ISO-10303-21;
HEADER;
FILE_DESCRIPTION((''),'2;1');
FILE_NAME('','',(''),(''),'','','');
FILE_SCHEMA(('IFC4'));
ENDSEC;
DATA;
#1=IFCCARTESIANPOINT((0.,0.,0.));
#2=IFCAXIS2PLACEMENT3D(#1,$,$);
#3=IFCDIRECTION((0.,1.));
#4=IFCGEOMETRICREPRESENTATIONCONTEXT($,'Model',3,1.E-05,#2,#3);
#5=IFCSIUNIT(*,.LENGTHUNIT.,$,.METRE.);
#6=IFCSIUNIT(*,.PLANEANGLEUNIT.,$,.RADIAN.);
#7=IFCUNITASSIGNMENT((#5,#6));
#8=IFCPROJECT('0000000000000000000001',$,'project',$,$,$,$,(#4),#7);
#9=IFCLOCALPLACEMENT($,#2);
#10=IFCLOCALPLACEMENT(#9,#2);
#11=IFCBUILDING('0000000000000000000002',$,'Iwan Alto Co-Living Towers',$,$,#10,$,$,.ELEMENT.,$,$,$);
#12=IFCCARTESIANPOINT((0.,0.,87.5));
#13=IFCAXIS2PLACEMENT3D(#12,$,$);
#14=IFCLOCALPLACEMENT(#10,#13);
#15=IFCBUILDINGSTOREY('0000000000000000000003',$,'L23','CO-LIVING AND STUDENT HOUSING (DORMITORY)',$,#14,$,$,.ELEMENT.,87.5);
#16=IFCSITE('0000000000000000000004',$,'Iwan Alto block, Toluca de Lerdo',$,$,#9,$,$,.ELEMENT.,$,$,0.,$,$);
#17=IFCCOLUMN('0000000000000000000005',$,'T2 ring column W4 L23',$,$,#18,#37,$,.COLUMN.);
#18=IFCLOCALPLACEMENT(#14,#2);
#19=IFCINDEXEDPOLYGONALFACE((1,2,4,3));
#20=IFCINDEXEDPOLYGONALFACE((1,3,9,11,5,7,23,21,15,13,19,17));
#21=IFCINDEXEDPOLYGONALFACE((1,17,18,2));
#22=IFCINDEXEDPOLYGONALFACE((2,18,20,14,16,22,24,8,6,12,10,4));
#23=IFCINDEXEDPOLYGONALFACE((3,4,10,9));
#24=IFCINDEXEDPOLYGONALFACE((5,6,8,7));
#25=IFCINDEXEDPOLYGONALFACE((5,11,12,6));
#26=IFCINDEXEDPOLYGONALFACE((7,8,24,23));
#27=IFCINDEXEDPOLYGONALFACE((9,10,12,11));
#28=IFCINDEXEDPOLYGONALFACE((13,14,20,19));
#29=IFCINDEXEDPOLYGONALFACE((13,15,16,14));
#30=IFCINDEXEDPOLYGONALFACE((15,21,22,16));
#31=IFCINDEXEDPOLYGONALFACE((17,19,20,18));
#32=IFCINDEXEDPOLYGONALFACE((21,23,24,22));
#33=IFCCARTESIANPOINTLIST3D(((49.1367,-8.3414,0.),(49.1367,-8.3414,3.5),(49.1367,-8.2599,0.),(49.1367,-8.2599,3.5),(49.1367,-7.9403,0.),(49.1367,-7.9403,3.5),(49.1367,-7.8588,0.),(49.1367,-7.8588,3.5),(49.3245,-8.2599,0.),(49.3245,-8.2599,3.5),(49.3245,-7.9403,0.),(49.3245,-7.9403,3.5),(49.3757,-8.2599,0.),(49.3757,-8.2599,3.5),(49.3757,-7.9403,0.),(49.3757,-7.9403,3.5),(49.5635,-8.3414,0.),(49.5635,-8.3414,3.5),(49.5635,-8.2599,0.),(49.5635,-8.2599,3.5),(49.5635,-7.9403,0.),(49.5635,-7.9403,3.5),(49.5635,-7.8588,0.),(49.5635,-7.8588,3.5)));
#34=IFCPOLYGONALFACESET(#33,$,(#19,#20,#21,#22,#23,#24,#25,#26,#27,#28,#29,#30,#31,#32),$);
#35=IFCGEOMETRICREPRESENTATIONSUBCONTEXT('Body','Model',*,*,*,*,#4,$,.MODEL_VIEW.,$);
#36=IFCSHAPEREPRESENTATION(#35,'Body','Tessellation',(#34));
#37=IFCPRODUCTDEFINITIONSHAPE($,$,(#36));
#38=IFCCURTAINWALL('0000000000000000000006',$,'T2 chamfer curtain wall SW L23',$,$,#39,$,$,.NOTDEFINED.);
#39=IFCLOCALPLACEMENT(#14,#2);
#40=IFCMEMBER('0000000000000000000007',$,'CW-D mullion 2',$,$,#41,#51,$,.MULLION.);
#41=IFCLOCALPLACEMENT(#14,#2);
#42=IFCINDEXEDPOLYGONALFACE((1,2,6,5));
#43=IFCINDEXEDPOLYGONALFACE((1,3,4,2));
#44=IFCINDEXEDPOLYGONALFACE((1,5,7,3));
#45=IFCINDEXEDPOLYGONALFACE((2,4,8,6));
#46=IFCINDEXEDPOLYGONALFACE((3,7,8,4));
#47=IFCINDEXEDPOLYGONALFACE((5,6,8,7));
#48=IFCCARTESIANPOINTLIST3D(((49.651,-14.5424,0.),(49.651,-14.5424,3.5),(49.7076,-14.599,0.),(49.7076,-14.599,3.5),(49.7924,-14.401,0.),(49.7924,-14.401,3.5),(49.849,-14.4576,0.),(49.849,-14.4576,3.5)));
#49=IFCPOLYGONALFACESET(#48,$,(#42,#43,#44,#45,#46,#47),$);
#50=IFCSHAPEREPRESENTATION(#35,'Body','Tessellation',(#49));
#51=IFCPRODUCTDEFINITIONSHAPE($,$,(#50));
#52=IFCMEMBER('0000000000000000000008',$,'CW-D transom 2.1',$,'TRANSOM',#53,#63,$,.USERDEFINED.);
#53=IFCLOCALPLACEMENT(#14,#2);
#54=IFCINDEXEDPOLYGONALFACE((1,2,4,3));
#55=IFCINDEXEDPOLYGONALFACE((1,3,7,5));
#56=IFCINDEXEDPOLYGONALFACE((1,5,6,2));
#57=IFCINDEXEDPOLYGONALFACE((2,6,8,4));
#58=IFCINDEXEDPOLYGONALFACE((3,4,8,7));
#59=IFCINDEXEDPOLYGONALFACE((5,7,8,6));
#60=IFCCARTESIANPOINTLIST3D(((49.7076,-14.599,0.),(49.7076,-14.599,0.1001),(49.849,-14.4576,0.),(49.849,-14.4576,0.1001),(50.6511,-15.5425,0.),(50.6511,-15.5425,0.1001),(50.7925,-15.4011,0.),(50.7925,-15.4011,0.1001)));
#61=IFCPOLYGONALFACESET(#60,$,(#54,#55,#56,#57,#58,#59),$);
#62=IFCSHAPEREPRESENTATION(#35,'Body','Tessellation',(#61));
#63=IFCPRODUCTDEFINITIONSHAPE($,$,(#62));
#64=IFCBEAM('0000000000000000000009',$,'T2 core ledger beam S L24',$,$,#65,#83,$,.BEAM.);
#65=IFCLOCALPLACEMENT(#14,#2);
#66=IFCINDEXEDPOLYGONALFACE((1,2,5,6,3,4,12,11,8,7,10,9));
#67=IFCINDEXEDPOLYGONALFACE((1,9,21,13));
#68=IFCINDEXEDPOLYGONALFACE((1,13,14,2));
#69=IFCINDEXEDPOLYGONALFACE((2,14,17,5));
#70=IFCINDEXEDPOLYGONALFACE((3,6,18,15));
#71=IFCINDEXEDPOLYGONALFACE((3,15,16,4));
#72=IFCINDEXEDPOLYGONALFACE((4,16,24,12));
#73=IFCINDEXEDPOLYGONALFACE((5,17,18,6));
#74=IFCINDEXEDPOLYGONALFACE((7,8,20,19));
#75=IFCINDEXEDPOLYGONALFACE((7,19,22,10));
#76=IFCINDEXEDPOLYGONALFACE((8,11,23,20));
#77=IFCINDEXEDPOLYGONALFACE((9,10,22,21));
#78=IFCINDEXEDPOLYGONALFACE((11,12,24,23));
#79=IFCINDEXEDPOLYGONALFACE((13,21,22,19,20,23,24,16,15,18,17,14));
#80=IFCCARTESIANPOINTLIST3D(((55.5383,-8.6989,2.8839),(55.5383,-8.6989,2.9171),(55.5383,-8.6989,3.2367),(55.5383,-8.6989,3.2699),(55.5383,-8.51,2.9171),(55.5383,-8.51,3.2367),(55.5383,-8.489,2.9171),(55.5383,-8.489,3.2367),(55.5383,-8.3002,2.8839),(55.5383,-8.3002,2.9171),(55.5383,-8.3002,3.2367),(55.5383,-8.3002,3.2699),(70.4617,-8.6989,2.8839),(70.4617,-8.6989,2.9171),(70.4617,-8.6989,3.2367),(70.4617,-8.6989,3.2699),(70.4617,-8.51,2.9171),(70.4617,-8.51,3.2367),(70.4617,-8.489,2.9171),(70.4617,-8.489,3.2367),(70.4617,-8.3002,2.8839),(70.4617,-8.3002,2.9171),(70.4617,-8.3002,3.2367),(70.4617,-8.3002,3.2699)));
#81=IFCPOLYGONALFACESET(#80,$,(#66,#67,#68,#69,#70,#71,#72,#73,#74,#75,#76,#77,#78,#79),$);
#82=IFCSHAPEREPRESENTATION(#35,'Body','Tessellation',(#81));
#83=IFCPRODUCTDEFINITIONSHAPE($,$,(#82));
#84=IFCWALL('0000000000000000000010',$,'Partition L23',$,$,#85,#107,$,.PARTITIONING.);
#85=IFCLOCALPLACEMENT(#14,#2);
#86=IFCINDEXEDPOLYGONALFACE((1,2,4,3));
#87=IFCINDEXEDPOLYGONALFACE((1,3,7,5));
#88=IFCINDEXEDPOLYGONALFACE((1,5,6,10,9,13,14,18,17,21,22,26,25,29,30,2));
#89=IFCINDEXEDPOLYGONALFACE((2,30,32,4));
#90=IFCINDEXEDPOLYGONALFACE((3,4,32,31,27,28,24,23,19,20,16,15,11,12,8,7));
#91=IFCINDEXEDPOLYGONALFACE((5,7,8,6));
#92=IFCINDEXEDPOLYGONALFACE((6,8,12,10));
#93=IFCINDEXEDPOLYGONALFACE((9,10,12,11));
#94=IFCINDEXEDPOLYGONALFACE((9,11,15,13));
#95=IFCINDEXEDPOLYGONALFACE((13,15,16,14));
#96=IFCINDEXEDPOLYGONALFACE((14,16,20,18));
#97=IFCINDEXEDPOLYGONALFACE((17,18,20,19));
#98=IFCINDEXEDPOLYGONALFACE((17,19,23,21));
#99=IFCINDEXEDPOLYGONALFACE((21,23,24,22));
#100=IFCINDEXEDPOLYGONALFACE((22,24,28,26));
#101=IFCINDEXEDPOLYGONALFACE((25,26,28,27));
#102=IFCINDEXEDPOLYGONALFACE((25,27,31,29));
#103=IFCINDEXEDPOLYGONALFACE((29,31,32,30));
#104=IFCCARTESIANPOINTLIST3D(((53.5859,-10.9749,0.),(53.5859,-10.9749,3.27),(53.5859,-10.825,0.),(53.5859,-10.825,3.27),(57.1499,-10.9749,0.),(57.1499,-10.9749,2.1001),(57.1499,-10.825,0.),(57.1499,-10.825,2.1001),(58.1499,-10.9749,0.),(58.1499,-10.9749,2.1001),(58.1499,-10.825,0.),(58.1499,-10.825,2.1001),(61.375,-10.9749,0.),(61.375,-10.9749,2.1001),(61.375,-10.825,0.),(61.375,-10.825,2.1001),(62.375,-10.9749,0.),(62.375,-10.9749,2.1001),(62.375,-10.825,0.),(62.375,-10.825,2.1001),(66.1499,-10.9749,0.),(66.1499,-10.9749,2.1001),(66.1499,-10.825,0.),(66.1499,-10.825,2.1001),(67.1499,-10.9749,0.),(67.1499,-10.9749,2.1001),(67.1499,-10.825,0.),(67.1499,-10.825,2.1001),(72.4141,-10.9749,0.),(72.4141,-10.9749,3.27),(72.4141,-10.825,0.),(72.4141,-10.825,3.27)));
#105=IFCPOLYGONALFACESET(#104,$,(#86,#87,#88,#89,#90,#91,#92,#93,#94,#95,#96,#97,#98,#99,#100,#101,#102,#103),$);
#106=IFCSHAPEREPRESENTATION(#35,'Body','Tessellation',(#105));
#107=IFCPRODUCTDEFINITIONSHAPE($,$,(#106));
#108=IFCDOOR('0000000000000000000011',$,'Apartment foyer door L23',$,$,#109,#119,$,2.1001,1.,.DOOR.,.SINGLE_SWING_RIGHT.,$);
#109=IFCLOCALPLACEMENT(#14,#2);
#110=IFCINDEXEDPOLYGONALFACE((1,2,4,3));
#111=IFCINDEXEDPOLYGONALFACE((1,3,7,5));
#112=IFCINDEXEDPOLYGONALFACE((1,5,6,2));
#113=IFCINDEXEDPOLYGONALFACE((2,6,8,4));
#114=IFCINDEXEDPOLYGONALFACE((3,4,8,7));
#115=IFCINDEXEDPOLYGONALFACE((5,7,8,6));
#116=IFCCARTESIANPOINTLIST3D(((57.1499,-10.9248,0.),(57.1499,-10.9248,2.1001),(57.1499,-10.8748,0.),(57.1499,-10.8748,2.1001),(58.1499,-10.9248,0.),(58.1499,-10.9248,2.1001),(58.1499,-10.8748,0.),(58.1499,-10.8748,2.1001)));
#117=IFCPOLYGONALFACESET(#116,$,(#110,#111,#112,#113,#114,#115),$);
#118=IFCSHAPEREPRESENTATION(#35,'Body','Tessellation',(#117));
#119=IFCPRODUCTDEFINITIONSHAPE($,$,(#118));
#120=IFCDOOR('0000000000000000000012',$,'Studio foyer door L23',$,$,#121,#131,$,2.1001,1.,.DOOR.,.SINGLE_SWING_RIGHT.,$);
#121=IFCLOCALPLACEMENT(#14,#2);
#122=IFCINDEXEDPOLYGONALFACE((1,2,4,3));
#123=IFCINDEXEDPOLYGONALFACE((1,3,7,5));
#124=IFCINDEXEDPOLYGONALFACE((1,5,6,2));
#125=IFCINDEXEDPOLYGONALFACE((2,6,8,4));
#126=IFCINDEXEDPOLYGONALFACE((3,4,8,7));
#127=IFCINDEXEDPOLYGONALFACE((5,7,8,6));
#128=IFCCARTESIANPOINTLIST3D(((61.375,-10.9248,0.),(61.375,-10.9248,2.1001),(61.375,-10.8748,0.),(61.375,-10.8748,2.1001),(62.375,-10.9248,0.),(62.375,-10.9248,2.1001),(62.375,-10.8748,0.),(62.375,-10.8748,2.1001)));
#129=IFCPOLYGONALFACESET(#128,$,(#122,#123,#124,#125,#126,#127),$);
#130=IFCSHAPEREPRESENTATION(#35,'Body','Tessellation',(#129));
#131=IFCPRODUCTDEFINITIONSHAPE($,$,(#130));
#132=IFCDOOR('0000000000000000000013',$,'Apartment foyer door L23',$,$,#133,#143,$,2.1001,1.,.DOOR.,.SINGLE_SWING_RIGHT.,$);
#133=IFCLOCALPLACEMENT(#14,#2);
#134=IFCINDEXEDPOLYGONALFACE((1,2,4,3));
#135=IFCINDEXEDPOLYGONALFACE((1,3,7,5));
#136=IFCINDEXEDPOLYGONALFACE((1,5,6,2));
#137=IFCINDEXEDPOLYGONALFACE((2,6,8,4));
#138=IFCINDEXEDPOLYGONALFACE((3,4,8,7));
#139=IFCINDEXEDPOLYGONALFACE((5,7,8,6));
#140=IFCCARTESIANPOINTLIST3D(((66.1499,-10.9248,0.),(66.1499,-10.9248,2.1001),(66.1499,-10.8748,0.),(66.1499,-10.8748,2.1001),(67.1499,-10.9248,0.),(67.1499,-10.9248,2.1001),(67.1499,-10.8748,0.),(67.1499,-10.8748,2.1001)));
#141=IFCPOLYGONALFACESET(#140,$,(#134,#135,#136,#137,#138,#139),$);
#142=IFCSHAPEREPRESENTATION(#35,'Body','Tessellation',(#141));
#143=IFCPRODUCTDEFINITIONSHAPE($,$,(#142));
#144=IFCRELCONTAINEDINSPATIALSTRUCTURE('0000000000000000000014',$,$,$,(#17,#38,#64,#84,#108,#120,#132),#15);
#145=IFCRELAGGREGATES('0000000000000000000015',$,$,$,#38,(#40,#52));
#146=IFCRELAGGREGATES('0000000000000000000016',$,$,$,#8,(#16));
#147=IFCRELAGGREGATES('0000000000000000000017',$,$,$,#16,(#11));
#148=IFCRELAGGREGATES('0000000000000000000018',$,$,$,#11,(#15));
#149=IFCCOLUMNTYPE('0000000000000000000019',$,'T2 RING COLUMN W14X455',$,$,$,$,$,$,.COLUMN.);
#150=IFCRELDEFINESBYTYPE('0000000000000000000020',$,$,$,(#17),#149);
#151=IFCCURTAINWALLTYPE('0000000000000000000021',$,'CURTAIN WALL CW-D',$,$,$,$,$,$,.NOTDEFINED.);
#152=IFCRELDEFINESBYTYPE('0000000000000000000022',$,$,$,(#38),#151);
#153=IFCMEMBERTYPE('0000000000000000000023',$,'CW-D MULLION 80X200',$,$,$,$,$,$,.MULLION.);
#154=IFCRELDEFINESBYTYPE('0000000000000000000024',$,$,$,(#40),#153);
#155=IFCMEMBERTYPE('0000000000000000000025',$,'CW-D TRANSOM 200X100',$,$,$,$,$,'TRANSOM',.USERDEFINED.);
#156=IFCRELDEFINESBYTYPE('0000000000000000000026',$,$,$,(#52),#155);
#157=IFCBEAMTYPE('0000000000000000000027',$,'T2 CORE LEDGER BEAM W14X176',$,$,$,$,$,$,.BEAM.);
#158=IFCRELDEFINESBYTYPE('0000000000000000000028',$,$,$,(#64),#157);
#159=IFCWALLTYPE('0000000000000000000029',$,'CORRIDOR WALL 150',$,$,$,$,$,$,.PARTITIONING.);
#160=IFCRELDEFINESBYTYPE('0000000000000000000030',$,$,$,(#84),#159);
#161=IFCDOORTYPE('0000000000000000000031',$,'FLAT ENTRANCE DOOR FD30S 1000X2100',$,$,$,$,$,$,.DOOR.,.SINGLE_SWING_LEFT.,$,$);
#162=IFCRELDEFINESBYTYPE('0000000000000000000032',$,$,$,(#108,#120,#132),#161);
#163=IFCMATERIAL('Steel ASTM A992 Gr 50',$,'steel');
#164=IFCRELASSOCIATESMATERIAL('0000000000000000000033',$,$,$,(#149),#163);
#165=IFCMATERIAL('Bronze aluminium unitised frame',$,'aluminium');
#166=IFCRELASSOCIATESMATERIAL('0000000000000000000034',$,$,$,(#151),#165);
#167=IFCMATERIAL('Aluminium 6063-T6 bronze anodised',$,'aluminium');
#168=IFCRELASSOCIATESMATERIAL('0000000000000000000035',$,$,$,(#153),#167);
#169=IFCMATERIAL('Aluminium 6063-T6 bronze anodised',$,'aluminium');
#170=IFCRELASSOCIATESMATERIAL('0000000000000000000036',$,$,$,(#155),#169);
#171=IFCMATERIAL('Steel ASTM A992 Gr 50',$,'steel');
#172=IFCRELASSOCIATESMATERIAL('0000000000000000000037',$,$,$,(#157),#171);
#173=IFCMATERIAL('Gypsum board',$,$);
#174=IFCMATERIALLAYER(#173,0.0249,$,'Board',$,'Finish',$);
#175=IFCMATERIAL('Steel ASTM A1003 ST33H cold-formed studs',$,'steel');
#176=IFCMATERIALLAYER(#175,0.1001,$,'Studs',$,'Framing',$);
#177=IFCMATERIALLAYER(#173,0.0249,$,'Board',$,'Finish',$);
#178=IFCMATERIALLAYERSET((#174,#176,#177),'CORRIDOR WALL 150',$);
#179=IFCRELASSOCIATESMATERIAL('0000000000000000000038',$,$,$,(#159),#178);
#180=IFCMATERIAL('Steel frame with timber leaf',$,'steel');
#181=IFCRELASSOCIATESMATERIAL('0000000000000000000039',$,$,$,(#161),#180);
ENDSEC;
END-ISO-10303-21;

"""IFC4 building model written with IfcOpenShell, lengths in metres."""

from ifc_helpers import new_model, si_unit, direction, frame, frame_2d, origin, origin_2d, place, context, subcontext, project, spatial, rectangle, i_section, extrude, material, layer, layer_set, material_profile, profile_set, type_object, element, fill, aggregate, save


model = new_model("IFC4")

# Units and contexts
model_context = context("Model", 3, precision=1e-05, world=origin(), true_north=direction((0.0, 1.0)))
body_context = subcontext(model_context, "Body", "Model", "MODEL_VIEW")
ifc_project = project(units=[si_unit("LENGTHUNIT", "METRE"), si_unit("PLANEANGLEUNIT", "RADIAN")], contexts=[model_context])

# Site, building, storey
site_placement = place(None, origin())
site = spatial("IfcSite", under=ifc_project, at=site_placement, Name="Iwan Alto block, Toluca de Lerdo", CompositionType="ELEMENT", RefElevation=0.0)
building_placement = place(site_placement, origin())
building = spatial("IfcBuilding", under=site, at=building_placement, Name="Iwan Alto Co-Living Towers", CompositionType="ELEMENT")
storey_placement = place(building_placement, frame((0.0, 0.0, 87.5)))
storey = spatial("IfcBuildingStorey", under=building, at=storey_placement, Name="L23", Description="CO-LIVING AND STUDENT HOUSING (DORMITORY)", CompositionType="ELEMENT", Elevation=87.5)

# Column
ifc_material_1 = material(Name="Steel ASTM A992 Gr 50", Category="steel")
ifc_material_profile_1 = material_profile(ifc_material_1, i_section(OverallWidth=0.4268, OverallDepth=0.4827, WebThickness=0.0513, FlangeThickness=0.0815, at=origin_2d()), Name="W14X455")
ifc_profile_set_1 = profile_set([ifc_material_profile_1], Name="Steel ASTM A992 Gr 50")
column_type = type_object("IfcColumnType", Name="T2 RING COLUMN W14X455", PredefinedType="COLUMN", material=ifc_profile_set_1)
column_placement = place(storey_placement, frame((49.3501, -8.1001, 0.0), z_axis=(0.0, 0.0, 1.0), x_axis=(1.0, 0.0, 0.0)))
element("IfcColumn", 1, at=column_placement, inside=storey, type_object=column_type, Name="T2 ring column W4 L23", PredefinedType="COLUMN", context=body_context, shape_type="SweptSolid", body=[
    extrude(i_section(OverallWidth=0.4268, OverallDepth=0.4827, WebThickness=0.0513, FlangeThickness=0.0815, at=origin_2d()), origin(), (0.0, 0.0, 1.0), 3.5),
])

# Curtain wall, members
ifc_material_2 = material(Name="Bronze aluminium unitised frame", Category="aluminium")
curtain_wall_type = type_object("IfcCurtainWallType", Name="CURTAIN WALL CW-D", PredefinedType="NOTDEFINED", material=ifc_material_2)
curtain_wall_placement = place(storey_placement, origin())
curtain_wall = element("IfcCurtainWall", 2, at=curtain_wall_placement, inside=storey, type_object=curtain_wall_type, Name="T2 chamfer curtain wall SW L23", PredefinedType="NOTDEFINED")
ifc_material_3 = material(Name="Aluminium 6063-T6 bronze anodised", Category="aluminium")
ifc_material_profile_2 = material_profile(ifc_material_3, rectangle(XDim=0.2, YDim=0.0801, at=origin_2d()), Name="AL 80X200")
ifc_profile_set_2 = profile_set([ifc_material_profile_2], Name="Aluminium 6063-T6 bronze anodised")
member_type_1 = type_object("IfcMemberType", Name="CW-D MULLION 80X200", PredefinedType="MULLION", material=ifc_profile_set_2)
member_1_placement = place(storey_placement, frame((49.75, -14.5, 0.0), z_axis=(0.0, 0.0, 1.0), x_axis=(0.707107, 0.707107, 0.0)))
member_1 = element("IfcMember", 3, at=member_1_placement, type_object=member_type_1, Name="CW-D mullion 2", PredefinedType="MULLION", context=body_context, shape_type="SweptSolid", body=[
    extrude(rectangle(XDim=0.2, YDim=0.0801, at=origin_2d()), origin(), (0.0, 0.0, 1.0), 3.5),
])
ifc_material_4 = material(Name="Aluminium 6063-T6 bronze anodised", Category="aluminium")
ifc_material_profile_3 = material_profile(ifc_material_4, rectangle(XDim=0.2, YDim=0.1001, at=origin_2d()), Name="AL 200X100")
ifc_profile_set_3 = profile_set([ifc_material_profile_3], Name="Aluminium 6063-T6 bronze anodised")
member_type_2 = type_object("IfcMemberType", Name="CW-D TRANSOM 200X100", ElementType="TRANSOM", PredefinedType="USERDEFINED", material=ifc_profile_set_3)
member_2_placement = place(storey_placement, frame((49.7783, -14.5283, 0.05), z_axis=(0.707107, -0.707107, 0.0), x_axis=(0.707107, 0.707107, 0.0)))
member_2 = element("IfcMember", 4, at=member_2_placement, type_object=member_type_2, Name="CW-D transom 2.1", ObjectType="TRANSOM", PredefinedType="USERDEFINED", context=body_context, shape_type="SweptSolid", body=[
    extrude(rectangle(XDim=0.2, YDim=0.1001, at=origin_2d()), origin(), (0.0, 0.0, 1.0), 1.3342),
])
aggregate(curtain_wall, [member_1, member_2])

# Beam
ifc_material_5 = material(Name="Steel ASTM A992 Gr 50", Category="steel")
ifc_material_profile_4 = material_profile(ifc_material_5, i_section(OverallWidth=0.3987, OverallDepth=0.386, WebThickness=0.021, FlangeThickness=0.0332, at=origin_2d()), Name="W14X176")
ifc_profile_set_4 = profile_set([ifc_material_profile_4], Name="Steel ASTM A992 Gr 50")
beam_type = type_object("IfcBeamType", Name="T2 CORE LEDGER BEAM W14X176", PredefinedType="BEAM", material=ifc_profile_set_4)
beam_placement = place(storey_placement, frame((55.5383, -8.4995, 3.0769), z_axis=(1.0, 0.0, 0.0), x_axis=(0.0, 1.0, 0.0)))
element("IfcBeam", 5, at=beam_placement, inside=storey, type_object=beam_type, Name="T2 core ledger beam S L24", PredefinedType="BEAM", context=body_context, shape_type="SweptSolid", body=[
    extrude(i_section(OverallWidth=0.3987, OverallDepth=0.386, WebThickness=0.021, FlangeThickness=0.0332, at=origin_2d()), origin(), (0.0, 0.0, 1.0), 14.9233),
])

# Wall, openings, doors
ifc_material_6 = material(Name="Gypsum board")
ifc_layer_1 = layer(ifc_material_6, 0.0249, Name="Board", Category="Finish")
ifc_material_7 = material(Name="Steel ASTM A1003 ST33H cold-formed studs", Category="steel")
ifc_layer_2 = layer(ifc_material_7, 0.1001, Name="Studs", Category="Framing")
ifc_layer_3 = layer(ifc_material_6, 0.0249, Name="Board", Category="Finish")
ifc_layer_set_1 = layer_set([ifc_layer_1, ifc_layer_2, ifc_layer_3], Name="CORRIDOR WALL 150")
wall_type_1 = type_object("IfcWallType", Name="CORRIDOR WALL 150", PredefinedType="PARTITIONING", material=ifc_layer_set_1)
wall_1_placement = place(storey_placement, frame((53.5859, -10.8999, 0.0), z_axis=(0.0, 0.0, 1.0), x_axis=(1.0, 0.0, 0.0)))
wall_1 = element("IfcWall", 6, at=wall_1_placement, inside=storey, type_object=wall_type_1, Name="Partition L23", PredefinedType="PARTITIONING", context=body_context, shape_type="SweptSolid", body=[
    extrude(rectangle(XDim=18.8281, YDim=0.1499, at=frame_2d((9.4141, 0.0))), origin(), (0.0, 0.0, 1.0), 3.27),
])
opening_1_placement = place(wall_1_placement, frame((3.564, 0.0, 0.0)))
opening_1 = element("IfcOpeningElement", 7, at=opening_1_placement, cuts=wall_1, PredefinedType="OPENING", context=body_context, shape_type="SweptSolid", body=[
    extrude(rectangle(XDim=1.0, YDim=2.1001, at=frame_2d((0.5, 1.05))), frame((0.0, 0.085, 0.0), z_axis=(0.0, -1.0, 0.0), x_axis=(1.0, 0.0, 0.0)), (0.0, 0.0, 1.0), 0.1699),
])
opening_2_placement = place(wall_1_placement, frame((7.7891, 0.0, 0.0)))
opening_2 = element("IfcOpeningElement", 8, at=opening_2_placement, cuts=wall_1, PredefinedType="OPENING", context=body_context, shape_type="SweptSolid", body=[
    extrude(rectangle(XDim=1.0, YDim=2.1001, at=frame_2d((0.5, 1.05))), frame((0.0, 0.085, 0.0), z_axis=(0.0, -1.0, 0.0), x_axis=(1.0, 0.0, 0.0)), (0.0, 0.0, 1.0), 0.1699),
])
opening_3_placement = place(wall_1_placement, frame((12.564, 0.0, 0.0)))
opening_3 = element("IfcOpeningElement", 9, at=opening_3_placement, cuts=wall_1, PredefinedType="OPENING", context=body_context, shape_type="SweptSolid", body=[
    extrude(rectangle(XDim=1.0, YDim=2.1001, at=frame_2d((0.5, 1.05))), frame((0.0, 0.085, 0.0), z_axis=(0.0, -1.0, 0.0), x_axis=(1.0, 0.0, 0.0)), (0.0, 0.0, 1.0), 0.1699),
])
ifc_material_8 = material(Name="Steel frame with timber leaf", Category="steel")
door_type_1 = type_object("IfcDoorType", Name="FLAT ENTRANCE DOOR FD30S 1000X2100", OperationType="SINGLE_SWING_LEFT", PredefinedType="DOOR", material=ifc_material_8)
door_1_placement = place(opening_1_placement, frame((1.0, 0.0, 0.0), z_axis=(0.0, 0.0, 1.0), x_axis=(-1.0, 0.0, 0.0)))
door_1 = element("IfcDoor", 10, at=door_1_placement, inside=storey, type_object=door_type_1, Name="Apartment foyer door L23", OperationType="SINGLE_SWING_RIGHT", OverallHeight=2.1001, OverallWidth=1.0, PredefinedType="DOOR", context=body_context, shape_type="SweptSolid", body=[
    extrude(rectangle(XDim=1.0, YDim=2.1001, at=frame_2d((0.5, 1.05))), frame((0.0, 0.0249, 0.0), z_axis=(0.0, -1.0, 0.0), x_axis=(1.0, 0.0, 0.0)), (0.0, 0.0, 1.0), 0.05),
])
fill(opening_1, door_1)
door_2_placement = place(opening_2_placement, frame((1.0, 0.0, 0.0), z_axis=(0.0, 0.0, 1.0), x_axis=(-1.0, 0.0, 0.0)))
door_2 = element("IfcDoor", 11, at=door_2_placement, inside=storey, type_object=door_type_1, Name="Studio foyer door L23", OperationType="SINGLE_SWING_RIGHT", OverallHeight=2.1001, OverallWidth=1.0, PredefinedType="DOOR", context=body_context, shape_type="SweptSolid", body=[
    extrude(rectangle(XDim=1.0, YDim=2.1001, at=frame_2d((0.5, 1.05))), frame((0.0, 0.0249, 0.0), z_axis=(0.0, -1.0, 0.0), x_axis=(1.0, 0.0, 0.0)), (0.0, 0.0, 1.0), 0.05),
])
fill(opening_2, door_2)
door_3_placement = place(opening_3_placement, frame((1.0, 0.0, 0.0), z_axis=(0.0, 0.0, 1.0), x_axis=(-1.0, 0.0, 0.0)))
door_3 = element("IfcDoor", 12, at=door_3_placement, inside=storey, type_object=door_type_1, Name="Apartment foyer door L23", OperationType="SINGLE_SWING_RIGHT", OverallHeight=2.1001, OverallWidth=1.0, PredefinedType="DOOR", context=body_context, shape_type="SweptSolid", body=[
    extrude(rectangle(XDim=1.0, YDim=2.1001, at=frame_2d((0.5, 1.05))), frame((0.0, 0.0249, 0.0), z_axis=(0.0, -1.0, 0.0), x_axis=(1.0, 0.0, 0.0)), (0.0, 0.0, 1.0), 0.05),
])
fill(opening_3, door_3)

save(model, "model.ifc")
